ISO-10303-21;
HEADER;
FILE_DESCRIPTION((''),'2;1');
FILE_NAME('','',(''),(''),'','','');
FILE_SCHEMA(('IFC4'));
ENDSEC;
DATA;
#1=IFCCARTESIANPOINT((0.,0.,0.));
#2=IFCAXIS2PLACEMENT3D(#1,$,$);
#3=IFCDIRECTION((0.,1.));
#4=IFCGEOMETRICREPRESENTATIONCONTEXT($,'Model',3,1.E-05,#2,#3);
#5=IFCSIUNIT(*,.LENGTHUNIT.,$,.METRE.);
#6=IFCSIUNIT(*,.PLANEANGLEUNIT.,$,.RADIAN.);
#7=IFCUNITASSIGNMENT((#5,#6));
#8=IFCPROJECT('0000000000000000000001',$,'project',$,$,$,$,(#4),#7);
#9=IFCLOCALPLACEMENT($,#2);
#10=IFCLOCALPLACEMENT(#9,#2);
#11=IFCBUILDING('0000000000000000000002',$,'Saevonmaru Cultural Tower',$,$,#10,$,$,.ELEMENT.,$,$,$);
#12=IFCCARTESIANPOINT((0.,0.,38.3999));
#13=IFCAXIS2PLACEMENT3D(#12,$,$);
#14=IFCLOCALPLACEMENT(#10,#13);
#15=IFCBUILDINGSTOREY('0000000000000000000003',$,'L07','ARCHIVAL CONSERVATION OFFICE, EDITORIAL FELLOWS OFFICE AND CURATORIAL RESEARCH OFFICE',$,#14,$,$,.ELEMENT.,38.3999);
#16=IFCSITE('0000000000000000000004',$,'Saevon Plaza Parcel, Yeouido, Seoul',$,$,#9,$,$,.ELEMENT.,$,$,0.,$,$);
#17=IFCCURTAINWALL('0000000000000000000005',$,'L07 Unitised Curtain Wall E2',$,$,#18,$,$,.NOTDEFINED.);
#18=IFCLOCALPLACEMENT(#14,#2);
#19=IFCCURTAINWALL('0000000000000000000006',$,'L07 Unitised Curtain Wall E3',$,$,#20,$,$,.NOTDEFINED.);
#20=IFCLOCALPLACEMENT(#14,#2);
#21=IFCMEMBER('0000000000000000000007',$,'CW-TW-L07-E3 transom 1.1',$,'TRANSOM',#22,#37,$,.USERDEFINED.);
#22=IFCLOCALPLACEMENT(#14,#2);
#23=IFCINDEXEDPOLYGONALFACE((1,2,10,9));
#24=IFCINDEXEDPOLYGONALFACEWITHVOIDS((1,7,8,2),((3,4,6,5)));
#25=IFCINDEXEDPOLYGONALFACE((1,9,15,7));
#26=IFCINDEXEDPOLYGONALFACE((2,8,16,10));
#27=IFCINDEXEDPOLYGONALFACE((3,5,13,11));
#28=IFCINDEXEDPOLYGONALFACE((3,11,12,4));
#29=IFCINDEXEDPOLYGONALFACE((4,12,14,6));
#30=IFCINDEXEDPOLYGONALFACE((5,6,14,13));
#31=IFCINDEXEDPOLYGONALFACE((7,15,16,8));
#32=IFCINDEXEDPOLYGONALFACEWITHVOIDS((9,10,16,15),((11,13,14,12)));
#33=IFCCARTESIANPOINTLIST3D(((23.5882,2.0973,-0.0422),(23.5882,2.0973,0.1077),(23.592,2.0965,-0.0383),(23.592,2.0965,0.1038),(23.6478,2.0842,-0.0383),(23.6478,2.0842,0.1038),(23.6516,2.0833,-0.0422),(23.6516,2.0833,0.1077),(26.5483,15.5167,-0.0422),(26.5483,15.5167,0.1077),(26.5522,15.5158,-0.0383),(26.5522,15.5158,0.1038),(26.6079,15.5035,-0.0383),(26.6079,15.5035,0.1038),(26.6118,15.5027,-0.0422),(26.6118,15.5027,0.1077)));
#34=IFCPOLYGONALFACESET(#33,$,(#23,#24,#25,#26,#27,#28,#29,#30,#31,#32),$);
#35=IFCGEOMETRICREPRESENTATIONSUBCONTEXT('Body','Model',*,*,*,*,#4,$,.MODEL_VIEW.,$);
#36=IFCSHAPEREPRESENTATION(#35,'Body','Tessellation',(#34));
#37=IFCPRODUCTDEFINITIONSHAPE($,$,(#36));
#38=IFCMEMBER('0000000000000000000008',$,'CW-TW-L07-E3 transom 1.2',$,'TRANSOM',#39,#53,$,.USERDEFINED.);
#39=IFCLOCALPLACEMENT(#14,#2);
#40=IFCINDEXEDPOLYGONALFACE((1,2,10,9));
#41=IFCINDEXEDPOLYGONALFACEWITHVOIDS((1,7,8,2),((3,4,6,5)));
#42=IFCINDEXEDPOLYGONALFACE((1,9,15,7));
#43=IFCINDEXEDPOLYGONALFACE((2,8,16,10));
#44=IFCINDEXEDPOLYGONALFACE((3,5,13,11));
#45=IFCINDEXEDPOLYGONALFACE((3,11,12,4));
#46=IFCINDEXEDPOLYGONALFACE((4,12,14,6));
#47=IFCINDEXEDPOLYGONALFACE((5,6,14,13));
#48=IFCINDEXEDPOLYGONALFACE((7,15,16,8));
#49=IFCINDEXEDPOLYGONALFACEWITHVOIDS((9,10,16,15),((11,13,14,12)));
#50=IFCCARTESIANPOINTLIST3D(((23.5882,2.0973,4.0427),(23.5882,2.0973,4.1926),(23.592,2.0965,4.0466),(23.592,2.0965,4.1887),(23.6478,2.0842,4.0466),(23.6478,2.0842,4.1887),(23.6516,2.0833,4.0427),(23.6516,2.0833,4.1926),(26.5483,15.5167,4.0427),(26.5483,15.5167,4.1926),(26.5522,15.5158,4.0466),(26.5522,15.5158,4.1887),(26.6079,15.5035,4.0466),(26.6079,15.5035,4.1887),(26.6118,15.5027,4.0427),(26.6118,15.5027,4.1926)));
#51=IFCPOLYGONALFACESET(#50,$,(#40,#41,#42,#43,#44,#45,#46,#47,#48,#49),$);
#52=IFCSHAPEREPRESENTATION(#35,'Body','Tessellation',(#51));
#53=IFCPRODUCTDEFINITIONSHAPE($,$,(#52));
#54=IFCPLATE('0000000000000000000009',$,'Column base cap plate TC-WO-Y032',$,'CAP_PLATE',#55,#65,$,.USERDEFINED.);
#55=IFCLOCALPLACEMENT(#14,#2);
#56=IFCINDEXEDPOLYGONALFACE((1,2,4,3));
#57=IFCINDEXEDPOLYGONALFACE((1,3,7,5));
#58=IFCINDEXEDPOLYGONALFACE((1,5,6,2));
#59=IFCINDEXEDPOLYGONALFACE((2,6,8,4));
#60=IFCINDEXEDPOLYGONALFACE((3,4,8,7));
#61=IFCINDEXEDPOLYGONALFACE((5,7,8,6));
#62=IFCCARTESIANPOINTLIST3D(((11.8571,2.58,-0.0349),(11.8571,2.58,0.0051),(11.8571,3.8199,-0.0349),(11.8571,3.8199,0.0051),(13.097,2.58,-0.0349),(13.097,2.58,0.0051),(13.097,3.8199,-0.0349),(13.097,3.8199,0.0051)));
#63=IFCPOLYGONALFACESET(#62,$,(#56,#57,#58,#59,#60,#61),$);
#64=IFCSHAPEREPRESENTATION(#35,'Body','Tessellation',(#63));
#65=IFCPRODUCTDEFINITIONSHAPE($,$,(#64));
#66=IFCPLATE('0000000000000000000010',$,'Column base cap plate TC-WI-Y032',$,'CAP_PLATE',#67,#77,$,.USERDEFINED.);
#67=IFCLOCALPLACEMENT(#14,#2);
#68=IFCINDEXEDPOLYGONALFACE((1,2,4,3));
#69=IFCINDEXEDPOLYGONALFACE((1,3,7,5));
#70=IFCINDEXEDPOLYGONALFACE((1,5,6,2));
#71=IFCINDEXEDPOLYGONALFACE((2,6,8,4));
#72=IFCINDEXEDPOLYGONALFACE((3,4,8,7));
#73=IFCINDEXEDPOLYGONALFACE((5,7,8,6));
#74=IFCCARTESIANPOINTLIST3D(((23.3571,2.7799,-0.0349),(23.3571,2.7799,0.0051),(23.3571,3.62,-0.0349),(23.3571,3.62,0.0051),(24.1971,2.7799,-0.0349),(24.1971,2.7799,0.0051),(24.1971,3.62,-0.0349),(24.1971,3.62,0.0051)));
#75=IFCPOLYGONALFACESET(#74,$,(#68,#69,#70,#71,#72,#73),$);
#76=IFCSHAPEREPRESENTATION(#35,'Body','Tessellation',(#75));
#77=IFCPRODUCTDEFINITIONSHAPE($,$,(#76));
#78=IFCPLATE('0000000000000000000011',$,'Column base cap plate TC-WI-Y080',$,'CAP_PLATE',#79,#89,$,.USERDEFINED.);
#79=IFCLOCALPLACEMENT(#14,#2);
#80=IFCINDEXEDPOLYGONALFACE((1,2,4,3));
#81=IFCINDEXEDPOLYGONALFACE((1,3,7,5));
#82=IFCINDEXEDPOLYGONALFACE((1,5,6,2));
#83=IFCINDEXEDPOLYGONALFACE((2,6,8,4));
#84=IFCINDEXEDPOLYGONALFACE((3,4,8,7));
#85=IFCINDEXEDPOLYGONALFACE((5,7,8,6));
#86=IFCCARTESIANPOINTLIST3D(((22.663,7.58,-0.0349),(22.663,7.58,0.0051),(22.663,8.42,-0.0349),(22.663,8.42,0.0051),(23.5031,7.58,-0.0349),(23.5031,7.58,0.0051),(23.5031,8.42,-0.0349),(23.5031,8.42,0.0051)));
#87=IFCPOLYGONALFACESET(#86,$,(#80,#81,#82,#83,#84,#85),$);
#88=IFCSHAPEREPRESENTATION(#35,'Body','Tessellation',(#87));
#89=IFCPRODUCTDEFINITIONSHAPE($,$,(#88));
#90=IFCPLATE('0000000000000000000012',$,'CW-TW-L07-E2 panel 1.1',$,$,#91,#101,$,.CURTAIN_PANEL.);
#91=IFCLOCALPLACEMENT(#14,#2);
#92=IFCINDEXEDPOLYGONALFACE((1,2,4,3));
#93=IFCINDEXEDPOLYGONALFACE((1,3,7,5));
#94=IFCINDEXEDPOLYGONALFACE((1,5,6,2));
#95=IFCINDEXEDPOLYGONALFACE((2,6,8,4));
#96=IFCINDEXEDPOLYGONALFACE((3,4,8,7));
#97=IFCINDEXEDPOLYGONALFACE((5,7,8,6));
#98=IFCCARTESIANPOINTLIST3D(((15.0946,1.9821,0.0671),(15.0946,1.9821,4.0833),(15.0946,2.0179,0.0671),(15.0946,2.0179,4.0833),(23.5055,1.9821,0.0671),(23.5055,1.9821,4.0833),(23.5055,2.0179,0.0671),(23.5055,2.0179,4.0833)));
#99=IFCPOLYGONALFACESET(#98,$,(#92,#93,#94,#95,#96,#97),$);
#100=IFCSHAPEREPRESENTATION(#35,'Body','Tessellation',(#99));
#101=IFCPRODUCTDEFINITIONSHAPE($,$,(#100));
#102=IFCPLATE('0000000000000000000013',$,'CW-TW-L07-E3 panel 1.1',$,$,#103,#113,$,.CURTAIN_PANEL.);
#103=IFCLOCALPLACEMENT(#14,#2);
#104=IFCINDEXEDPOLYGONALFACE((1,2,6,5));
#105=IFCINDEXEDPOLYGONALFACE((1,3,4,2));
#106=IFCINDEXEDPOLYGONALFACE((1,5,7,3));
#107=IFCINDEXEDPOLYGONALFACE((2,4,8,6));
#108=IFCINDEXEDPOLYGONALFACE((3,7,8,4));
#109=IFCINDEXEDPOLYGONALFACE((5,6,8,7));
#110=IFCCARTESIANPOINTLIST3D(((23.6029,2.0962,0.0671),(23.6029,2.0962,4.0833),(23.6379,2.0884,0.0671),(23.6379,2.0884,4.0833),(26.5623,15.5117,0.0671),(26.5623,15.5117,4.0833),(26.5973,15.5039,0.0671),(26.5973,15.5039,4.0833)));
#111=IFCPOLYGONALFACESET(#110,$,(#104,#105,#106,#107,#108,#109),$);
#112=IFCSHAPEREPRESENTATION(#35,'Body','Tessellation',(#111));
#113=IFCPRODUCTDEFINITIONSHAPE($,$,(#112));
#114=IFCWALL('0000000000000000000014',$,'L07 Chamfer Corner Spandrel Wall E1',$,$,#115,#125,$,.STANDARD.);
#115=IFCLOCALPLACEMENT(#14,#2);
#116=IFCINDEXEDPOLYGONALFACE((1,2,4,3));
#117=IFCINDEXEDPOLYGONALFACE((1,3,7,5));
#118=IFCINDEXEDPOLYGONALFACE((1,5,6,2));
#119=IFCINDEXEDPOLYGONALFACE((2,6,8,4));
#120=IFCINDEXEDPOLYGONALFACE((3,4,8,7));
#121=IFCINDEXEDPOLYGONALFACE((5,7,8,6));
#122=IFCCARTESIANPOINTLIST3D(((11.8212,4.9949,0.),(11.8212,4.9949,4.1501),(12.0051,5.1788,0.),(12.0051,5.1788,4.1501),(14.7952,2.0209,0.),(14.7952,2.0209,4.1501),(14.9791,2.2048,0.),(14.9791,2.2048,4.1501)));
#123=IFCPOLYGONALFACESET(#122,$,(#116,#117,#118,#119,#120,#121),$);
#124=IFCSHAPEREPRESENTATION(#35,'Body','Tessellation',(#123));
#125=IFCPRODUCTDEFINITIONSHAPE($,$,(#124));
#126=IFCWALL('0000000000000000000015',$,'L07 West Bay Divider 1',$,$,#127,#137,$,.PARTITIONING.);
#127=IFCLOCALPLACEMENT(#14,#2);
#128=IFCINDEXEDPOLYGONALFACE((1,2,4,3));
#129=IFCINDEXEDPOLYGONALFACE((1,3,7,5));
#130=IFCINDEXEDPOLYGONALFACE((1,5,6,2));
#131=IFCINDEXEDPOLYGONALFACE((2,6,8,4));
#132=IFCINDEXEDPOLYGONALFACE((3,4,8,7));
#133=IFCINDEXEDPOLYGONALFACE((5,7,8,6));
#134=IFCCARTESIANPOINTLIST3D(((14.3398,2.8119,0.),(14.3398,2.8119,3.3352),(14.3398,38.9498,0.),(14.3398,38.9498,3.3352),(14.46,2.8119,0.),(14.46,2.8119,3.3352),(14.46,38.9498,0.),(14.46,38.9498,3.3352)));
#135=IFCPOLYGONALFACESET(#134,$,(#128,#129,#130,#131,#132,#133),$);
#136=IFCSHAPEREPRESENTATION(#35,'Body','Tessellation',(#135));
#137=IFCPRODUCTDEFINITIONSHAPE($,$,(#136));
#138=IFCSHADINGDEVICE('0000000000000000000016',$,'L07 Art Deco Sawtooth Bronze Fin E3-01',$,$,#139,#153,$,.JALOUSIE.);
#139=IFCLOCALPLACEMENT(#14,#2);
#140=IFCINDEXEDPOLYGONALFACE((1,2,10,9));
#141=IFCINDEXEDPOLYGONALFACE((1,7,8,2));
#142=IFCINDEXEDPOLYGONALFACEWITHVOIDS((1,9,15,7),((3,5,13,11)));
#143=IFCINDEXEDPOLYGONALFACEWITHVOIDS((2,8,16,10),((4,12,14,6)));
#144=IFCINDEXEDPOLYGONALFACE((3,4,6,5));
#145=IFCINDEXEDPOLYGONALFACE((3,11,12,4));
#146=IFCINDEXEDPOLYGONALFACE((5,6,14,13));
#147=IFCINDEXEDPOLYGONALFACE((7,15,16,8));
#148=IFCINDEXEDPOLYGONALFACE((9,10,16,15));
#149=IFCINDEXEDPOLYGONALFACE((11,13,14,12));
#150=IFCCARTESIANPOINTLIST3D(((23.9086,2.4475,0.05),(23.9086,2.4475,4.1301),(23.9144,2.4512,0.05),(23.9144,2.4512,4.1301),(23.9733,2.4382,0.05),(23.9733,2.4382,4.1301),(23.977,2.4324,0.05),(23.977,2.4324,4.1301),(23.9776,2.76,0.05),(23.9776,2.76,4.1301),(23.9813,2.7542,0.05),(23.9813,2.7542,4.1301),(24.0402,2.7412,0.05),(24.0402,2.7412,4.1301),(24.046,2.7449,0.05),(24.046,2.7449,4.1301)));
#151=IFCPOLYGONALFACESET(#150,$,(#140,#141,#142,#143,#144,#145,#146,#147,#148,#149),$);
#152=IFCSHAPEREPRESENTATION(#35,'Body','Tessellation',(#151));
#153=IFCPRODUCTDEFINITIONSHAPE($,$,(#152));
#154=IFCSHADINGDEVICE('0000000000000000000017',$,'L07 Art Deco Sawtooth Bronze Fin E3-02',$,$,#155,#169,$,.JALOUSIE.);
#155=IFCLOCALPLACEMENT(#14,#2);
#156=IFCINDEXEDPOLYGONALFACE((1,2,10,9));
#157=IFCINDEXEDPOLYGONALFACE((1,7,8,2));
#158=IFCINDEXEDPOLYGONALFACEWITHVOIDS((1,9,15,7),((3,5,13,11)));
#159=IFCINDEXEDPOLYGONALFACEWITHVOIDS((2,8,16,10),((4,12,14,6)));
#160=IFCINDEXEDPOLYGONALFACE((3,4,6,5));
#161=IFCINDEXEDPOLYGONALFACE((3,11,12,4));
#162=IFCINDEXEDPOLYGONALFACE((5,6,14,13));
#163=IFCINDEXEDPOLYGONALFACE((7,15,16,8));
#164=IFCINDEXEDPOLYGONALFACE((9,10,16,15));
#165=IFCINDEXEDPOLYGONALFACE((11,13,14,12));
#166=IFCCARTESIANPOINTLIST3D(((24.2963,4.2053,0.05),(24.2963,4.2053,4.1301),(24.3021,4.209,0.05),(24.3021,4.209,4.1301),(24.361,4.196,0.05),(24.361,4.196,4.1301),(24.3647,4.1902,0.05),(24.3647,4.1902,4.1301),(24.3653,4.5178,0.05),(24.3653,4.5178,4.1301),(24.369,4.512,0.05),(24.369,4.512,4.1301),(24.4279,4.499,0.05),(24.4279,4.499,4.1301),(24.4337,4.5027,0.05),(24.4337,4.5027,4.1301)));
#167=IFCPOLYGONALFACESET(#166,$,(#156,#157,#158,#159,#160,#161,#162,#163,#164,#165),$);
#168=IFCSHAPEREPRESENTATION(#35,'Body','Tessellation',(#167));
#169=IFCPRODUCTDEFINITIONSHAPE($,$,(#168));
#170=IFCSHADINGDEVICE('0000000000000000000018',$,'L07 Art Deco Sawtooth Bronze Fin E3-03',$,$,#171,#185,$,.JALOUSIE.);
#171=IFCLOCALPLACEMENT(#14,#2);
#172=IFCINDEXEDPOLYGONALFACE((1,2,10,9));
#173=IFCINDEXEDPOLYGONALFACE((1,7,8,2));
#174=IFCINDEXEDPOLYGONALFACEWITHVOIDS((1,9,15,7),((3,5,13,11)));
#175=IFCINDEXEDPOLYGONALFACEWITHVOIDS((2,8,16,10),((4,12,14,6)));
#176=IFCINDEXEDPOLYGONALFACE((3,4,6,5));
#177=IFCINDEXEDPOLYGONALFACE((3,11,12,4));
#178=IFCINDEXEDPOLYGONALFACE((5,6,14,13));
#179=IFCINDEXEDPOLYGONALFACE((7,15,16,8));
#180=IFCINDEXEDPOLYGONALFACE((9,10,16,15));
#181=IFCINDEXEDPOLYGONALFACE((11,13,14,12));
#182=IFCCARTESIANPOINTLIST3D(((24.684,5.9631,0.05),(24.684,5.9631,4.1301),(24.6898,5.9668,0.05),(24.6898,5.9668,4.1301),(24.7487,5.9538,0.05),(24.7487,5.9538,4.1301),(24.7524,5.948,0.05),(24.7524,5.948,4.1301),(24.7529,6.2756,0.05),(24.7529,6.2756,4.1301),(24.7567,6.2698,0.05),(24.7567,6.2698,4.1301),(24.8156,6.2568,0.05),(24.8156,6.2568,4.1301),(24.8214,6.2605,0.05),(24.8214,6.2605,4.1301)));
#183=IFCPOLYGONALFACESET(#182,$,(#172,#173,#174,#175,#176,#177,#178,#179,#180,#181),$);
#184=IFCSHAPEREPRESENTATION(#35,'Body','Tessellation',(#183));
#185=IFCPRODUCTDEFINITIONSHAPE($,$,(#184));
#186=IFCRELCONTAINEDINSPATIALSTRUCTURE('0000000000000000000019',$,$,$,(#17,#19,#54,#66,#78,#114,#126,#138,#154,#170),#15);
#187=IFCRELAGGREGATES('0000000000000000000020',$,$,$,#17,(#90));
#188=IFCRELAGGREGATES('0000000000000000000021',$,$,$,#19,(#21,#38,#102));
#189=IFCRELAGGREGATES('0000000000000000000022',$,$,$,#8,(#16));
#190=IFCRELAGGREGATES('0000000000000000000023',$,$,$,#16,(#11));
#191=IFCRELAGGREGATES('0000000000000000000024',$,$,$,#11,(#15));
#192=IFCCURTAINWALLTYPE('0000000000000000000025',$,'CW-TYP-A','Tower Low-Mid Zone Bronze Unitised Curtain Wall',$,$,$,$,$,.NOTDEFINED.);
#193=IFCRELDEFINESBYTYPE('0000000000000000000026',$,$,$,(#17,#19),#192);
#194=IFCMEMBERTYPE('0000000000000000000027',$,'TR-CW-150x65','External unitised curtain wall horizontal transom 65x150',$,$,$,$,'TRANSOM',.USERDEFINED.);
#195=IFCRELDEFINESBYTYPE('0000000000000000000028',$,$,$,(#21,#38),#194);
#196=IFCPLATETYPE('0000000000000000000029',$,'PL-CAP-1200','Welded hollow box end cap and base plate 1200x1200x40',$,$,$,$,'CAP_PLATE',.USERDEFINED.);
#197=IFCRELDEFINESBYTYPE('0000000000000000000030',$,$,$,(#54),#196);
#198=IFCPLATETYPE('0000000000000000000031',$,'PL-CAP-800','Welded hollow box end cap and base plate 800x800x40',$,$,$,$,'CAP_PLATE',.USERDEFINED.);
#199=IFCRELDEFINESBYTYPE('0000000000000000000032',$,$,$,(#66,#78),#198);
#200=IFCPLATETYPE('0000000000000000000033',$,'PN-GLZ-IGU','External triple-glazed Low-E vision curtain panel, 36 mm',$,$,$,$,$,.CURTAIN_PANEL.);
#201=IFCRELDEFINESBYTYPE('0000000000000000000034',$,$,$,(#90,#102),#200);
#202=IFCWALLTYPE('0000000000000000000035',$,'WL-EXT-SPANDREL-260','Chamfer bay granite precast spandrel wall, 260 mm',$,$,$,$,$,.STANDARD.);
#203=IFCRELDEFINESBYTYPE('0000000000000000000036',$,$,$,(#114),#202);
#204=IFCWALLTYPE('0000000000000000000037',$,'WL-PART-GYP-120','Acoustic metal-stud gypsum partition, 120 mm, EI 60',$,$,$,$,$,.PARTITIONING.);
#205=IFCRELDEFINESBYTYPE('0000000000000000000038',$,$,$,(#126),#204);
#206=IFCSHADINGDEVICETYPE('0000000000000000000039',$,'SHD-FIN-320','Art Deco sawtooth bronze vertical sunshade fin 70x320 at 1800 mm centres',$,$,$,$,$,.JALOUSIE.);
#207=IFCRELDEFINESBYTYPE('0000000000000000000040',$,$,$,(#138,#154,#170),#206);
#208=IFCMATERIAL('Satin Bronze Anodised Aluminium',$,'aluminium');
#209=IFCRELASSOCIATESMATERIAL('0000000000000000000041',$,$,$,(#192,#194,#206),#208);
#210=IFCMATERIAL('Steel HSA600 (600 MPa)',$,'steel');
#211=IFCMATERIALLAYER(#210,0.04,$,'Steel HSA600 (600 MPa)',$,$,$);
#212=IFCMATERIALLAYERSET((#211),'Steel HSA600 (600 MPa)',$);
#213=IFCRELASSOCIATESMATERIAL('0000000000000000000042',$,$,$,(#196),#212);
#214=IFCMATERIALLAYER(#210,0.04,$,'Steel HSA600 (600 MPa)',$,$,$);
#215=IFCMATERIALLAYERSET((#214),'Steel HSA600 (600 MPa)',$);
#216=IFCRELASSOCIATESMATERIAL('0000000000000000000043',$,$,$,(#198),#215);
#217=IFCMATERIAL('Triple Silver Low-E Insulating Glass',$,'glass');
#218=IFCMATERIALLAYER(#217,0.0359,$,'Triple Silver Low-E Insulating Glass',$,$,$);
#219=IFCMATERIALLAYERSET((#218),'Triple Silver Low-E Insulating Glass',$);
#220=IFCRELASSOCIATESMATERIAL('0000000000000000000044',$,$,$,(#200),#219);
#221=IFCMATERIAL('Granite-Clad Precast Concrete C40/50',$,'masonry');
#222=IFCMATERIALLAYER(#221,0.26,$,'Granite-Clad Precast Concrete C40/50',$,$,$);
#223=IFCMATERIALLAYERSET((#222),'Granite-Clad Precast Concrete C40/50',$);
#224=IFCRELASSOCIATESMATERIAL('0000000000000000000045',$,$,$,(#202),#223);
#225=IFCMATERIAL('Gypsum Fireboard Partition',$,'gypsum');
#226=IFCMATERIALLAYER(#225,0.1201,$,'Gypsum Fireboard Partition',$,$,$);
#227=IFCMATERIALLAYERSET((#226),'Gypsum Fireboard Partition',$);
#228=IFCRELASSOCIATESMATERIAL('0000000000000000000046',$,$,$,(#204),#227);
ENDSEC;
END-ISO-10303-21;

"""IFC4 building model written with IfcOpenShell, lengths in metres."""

from ifc_helpers import new_model, si_unit, direction, frame, frame_2d, origin, origin_2d, place, context, subcontext, project, spatial, rectangle, hollow_rectangle, extrude, material, layer, layer_set, material_profile, profile_set, type_object, element, aggregate, save


model = new_model("IFC4")

# Units and contexts
model_context = context("Model", 3, precision=1e-05, world=origin(), true_north=direction((0.0, 1.0)))
body_context = subcontext(model_context, "Body", "Model", "MODEL_VIEW")
ifc_project = project(units=[si_unit("LENGTHUNIT", "METRE"), si_unit("PLANEANGLEUNIT", "RADIAN")], contexts=[model_context])

# Site, building, storey
site_placement = place(None, origin())
site = spatial("IfcSite", under=ifc_project, at=site_placement, Name="Saevon Plaza Parcel, Yeouido, Seoul", CompositionType="ELEMENT", RefElevation=0.0)
building_placement = place(site_placement, origin())
building = spatial("IfcBuilding", under=site, at=building_placement, Name="Saevonmaru Cultural Tower", CompositionType="ELEMENT")
storey_placement = place(building_placement, frame((0.0, 0.0, 38.3999)))
storey = spatial("IfcBuildingStorey", under=building, at=storey_placement, Name="L07", Description="ARCHIVAL CONSERVATION OFFICE, EDITORIAL FELLOWS OFFICE AND CURATORIAL RESEARCH OFFICE", CompositionType="ELEMENT", Elevation=38.3999)

# Shared definitions
ifc_material_1 = material(Name="Steel HSA600 (600 MPa)", Category="steel")

# Curtain wall
ifc_material_2 = material(Name="Satin Bronze Anodised Aluminium", Category="aluminium")
curtain_wall_type = type_object("IfcCurtainWallType", Name="CW-TYP-A", Description="Tower Low-Mid Zone Bronze Unitised Curtain Wall", PredefinedType="NOTDEFINED", material=ifc_material_2)
curtain_wall_1_placement = place(storey_placement, origin())
curtain_wall_1 = element("IfcCurtainWall", 1, at=curtain_wall_1_placement, inside=storey, type_object=curtain_wall_type, Name="L07 Unitised Curtain Wall E2", PredefinedType="NOTDEFINED")

# Curtain wall
curtain_wall_2_placement = place(storey_placement, origin())
curtain_wall_2 = element("IfcCurtainWall", 2, at=curtain_wall_2_placement, inside=storey, type_object=curtain_wall_type, Name="L07 Unitised Curtain Wall E3", PredefinedType="NOTDEFINED")

# Members
ifc_material_profile_1 = material_profile(ifc_material_2, hollow_rectangle(XDim=0.0649, YDim=0.1499, WallThickness=0.0039, at=origin_2d()), Name="ALU-TRAN-150x65x4")
ifc_profile_set_1 = profile_set([ifc_material_profile_1], Name="Satin Bronze Anodised Aluminium")
member_type_1 = type_object("IfcMemberType", Name="TR-CW-150x65", Description="External unitised curtain wall horizontal transom 65x150", ElementType="TRANSOM", PredefinedType="USERDEFINED", material=ifc_profile_set_1)
member_1_placement = place(storey_placement, frame((23.6199, 2.0903, 0.0327), z_axis=(0.215412, 0.976523, 0.0), x_axis=(-0.976523, 0.215412, 0.0)))
member_1 = element("IfcMember", 3, at=member_1_placement, type_object=member_type_1, Name="CW-TW-L07-E3 transom 1.1", ObjectType="TRANSOM", PredefinedType="USERDEFINED", context=body_context, shape_type="SweptSolid", body=[
    extrude(hollow_rectangle(XDim=0.0649, YDim=0.1499, WallThickness=0.0039, at=origin_2d()), origin(), (0.0, 0.0, 1.0), 13.7419),
])
member_2_placement = place(storey_placement, frame((23.6199, 2.0903, 4.1177), z_axis=(0.215412, 0.976523, 0.0), x_axis=(-0.976523, 0.215412, 0.0)))
member_2 = element("IfcMember", 4, at=member_2_placement, type_object=member_type_1, Name="CW-TW-L07-E3 transom 1.2", ObjectType="TRANSOM", PredefinedType="USERDEFINED", context=body_context, shape_type="SweptSolid", body=[
    extrude(hollow_rectangle(XDim=0.0649, YDim=0.1499, WallThickness=0.0039, at=origin_2d()), origin(), (0.0, 0.0, 1.0), 13.7419),
])

# Plates
ifc_layer_1 = layer(ifc_material_1, 0.04, Name="Steel HSA600 (600 MPa)")
ifc_layer_set_1 = layer_set([ifc_layer_1], Name="Steel HSA600 (600 MPa)")
plate_type_1 = type_object("IfcPlateType", Name="PL-CAP-1200", Description="Welded hollow box end cap and base plate 1200x1200x40", ElementType="CAP_PLATE", PredefinedType="USERDEFINED", material=ifc_layer_set_1)
plate_1_placement = place(storey_placement, frame((12.4771, 3.2, -0.0349), z_axis=(0.0, 0.0, 1.0), x_axis=(1.0, 0.0, 0.0)))
element("IfcPlate", 5, at=plate_1_placement, inside=storey, type_object=plate_type_1, Name="Column base cap plate TC-WO-Y032", ObjectType="CAP_PLATE", PredefinedType="USERDEFINED", context=body_context, shape_type="SweptSolid", body=[
    extrude(rectangle(XDim=1.24, YDim=1.24, at=origin_2d()), origin(), (0.0, 0.0, 1.0), 0.04),
])
ifc_layer_2 = layer(ifc_material_1, 0.04, Name="Steel HSA600 (600 MPa)")
ifc_layer_set_2 = layer_set([ifc_layer_2], Name="Steel HSA600 (600 MPa)")
plate_type_2 = type_object("IfcPlateType", Name="PL-CAP-800", Description="Welded hollow box end cap and base plate 800x800x40", ElementType="CAP_PLATE", PredefinedType="USERDEFINED", material=ifc_layer_set_2)
for number, where, z_axis, x_axis, name in (
    (6, (23.7771, 3.2, -0.0349), (0.0, 0.0, 1.0), (1.0, 0.0, 0.0), "Column base cap plate TC-WI-Y032"),
    (7, (23.083, 8.0, -0.0349), (0.0, 0.0, 1.0), (1.0, 0.0, 0.0), "Column base cap plate TC-WI-Y080"),
):
    element("IfcPlate", number, at=place(storey_placement, frame(where, z_axis=z_axis, x_axis=x_axis)), inside=storey, type_object=plate_type_2, Name=name, ObjectType="CAP_PLATE", PredefinedType="USERDEFINED", context=body_context, shape_type="SweptSolid", body=[
        extrude(rectangle(XDim=0.8401, YDim=0.8401, at=origin_2d()), origin(), (0.0, 0.0, 1.0), 0.04),
    ])

# Plates
ifc_material_3 = material(Name="Triple Silver Low-E Insulating Glass", Category="glass")
ifc_layer_3 = layer(ifc_material_3, 0.0359, Name="Triple Silver Low-E Insulating Glass")
ifc_layer_set_3 = layer_set([ifc_layer_3], Name="Triple Silver Low-E Insulating Glass")
plate_type_3 = type_object("IfcPlateType", Name="PN-GLZ-IGU", Description="External triple-glazed Low-E vision curtain panel, 36 mm", PredefinedType="CURTAIN_PANEL", material=ifc_layer_set_3)
plate_2_placement = place(storey_placement, frame((19.3, 2.0, 0.0671), z_axis=(0.0, 0.0, 1.0), x_axis=(1.0, 0.0, 0.0)))
plate_2 = element("IfcPlate", 8, at=plate_2_placement, type_object=plate_type_3, Name="CW-TW-L07-E2 panel 1.1", PredefinedType="CURTAIN_PANEL", context=body_context, shape_type="SweptSolid", body=[
    extrude(rectangle(XDim=8.4109, YDim=0.0359, at=origin_2d()), origin(), (0.0, 0.0, 1.0), 4.0161),
])
aggregate(curtain_wall_1, [plate_2])
plate_3_placement = place(storey_placement, frame((25.1001, 8.8, 0.0671), z_axis=(0.0, 0.0, 1.0), x_axis=(0.215413, 0.976523, 0.0)))
plate_3 = element("IfcPlate", 9, at=plate_3_placement, type_object=plate_type_3, Name="CW-TW-L07-E3 panel 1.1", PredefinedType="CURTAIN_PANEL", context=body_context, shape_type="SweptSolid", body=[
    extrude(rectangle(XDim=13.738, YDim=0.0359, at=origin_2d()), origin(), (0.0, 0.0, 1.0), 4.0161),
])
aggregate(curtain_wall_2, [member_1, member_2, plate_3])

# Walls
ifc_material_4 = material(Name="Granite-Clad Precast Concrete C40/50", Category="masonry")
ifc_layer_4 = layer(ifc_material_4, 0.26, Name="Granite-Clad Precast Concrete C40/50")
ifc_layer_set_4 = layer_set([ifc_layer_4], Name="Granite-Clad Precast Concrete C40/50")
wall_type_1 = type_object("IfcWallType", Name="WL-EXT-SPANDREL-260", Description="Chamfer bay granite precast spandrel wall, 260 mm", PredefinedType="STANDARD", material=ifc_layer_set_4)
wall_1_placement = place(storey_placement, frame((11.9131, 5.0869, 0.0), z_axis=(0.0, 0.0, 1.0), x_axis=(0.707107, -0.707107, 0.0)))
element("IfcWall", 10, at=wall_1_placement, inside=storey, type_object=wall_type_1, Name="L07 Chamfer Corner Spandrel Wall E1", PredefinedType="STANDARD", context=body_context, shape_type="SweptSolid", body=[
    extrude(rectangle(XDim=4.2058, YDim=0.26, at=frame_2d((2.103, 0.0))), origin(), (0.0, 0.0, 1.0), 4.1501),
])
ifc_material_5 = material(Name="Gypsum Fireboard Partition", Category="gypsum")
ifc_layer_5 = layer(ifc_material_5, 0.1201, Name="Gypsum Fireboard Partition")
ifc_layer_set_5 = layer_set([ifc_layer_5], Name="Gypsum Fireboard Partition")
wall_type_2 = type_object("IfcWallType", Name="WL-PART-GYP-120", Description="Acoustic metal-stud gypsum partition, 120 mm, EI 60", PredefinedType="PARTITIONING", material=ifc_layer_set_5)
wall_2_placement = place(storey_placement, frame((14.3999, 2.812, 0.0), z_axis=(0.0, 0.0, 1.0), x_axis=(0.0, 1.0, 0.0)))
element("IfcWall", 11, at=wall_2_placement, inside=storey, type_object=wall_type_2, Name="L07 West Bay Divider 1", PredefinedType="PARTITIONING", context=body_context, shape_type="SweptSolid", body=[
    extrude(rectangle(XDim=36.1379, YDim=0.1201, at=frame_2d((18.0688, 0.0))), origin(), (0.0, 0.0, 1.0), 3.3352),
])

# Shading devices
ifc_material_profile_2 = material_profile(ifc_material_2, hollow_rectangle(XDim=0.0701, YDim=0.3201, WallThickness=0.0049, at=origin_2d()), Name="FIN-320x70")
ifc_profile_set_2 = profile_set([ifc_material_profile_2], Name="Satin Bronze Anodised Aluminium")
shading_device_type = type_object("IfcShadingDeviceType", Name="SHD-FIN-320", Description="Art Deco sawtooth bronze vertical sunshade fin 70x320 at 1800 mm centres", PredefinedType="JALOUSIE", material=ifc_profile_set_2)
for number, where, z_axis, x_axis, name in (
    (12, (23.9773, 2.5962, 0.05), (0.0, 0.0, 1.0), (0.976522, -0.215417, 0.0), "L07 Art Deco Sawtooth Bronze Fin E3-01"),
    (13, (24.365, 4.354, 0.05), (0.0, 0.0, 1.0), (0.976522, -0.215417, 0.0), "L07 Art Deco Sawtooth Bronze Fin E3-02"),
    (14, (24.7527, 6.1118, 0.05), (0.0, 0.0, 1.0), (0.976522, -0.215417, 0.0), "L07 Art Deco Sawtooth Bronze Fin E3-03"),
):
    element("IfcShadingDevice", number, at=place(storey_placement, frame(where, z_axis=z_axis, x_axis=x_axis)), inside=storey, type_object=shading_device_type, Name=name, PredefinedType="JALOUSIE", context=body_context, shape_type="SweptSolid", body=[
        extrude(hollow_rectangle(XDim=0.0701, YDim=0.3201, WallThickness=0.0049, at=origin_2d()), origin(), (0.0, 0.0, 1.0), 4.0801),
    ])

save(model, "model.ifc")
